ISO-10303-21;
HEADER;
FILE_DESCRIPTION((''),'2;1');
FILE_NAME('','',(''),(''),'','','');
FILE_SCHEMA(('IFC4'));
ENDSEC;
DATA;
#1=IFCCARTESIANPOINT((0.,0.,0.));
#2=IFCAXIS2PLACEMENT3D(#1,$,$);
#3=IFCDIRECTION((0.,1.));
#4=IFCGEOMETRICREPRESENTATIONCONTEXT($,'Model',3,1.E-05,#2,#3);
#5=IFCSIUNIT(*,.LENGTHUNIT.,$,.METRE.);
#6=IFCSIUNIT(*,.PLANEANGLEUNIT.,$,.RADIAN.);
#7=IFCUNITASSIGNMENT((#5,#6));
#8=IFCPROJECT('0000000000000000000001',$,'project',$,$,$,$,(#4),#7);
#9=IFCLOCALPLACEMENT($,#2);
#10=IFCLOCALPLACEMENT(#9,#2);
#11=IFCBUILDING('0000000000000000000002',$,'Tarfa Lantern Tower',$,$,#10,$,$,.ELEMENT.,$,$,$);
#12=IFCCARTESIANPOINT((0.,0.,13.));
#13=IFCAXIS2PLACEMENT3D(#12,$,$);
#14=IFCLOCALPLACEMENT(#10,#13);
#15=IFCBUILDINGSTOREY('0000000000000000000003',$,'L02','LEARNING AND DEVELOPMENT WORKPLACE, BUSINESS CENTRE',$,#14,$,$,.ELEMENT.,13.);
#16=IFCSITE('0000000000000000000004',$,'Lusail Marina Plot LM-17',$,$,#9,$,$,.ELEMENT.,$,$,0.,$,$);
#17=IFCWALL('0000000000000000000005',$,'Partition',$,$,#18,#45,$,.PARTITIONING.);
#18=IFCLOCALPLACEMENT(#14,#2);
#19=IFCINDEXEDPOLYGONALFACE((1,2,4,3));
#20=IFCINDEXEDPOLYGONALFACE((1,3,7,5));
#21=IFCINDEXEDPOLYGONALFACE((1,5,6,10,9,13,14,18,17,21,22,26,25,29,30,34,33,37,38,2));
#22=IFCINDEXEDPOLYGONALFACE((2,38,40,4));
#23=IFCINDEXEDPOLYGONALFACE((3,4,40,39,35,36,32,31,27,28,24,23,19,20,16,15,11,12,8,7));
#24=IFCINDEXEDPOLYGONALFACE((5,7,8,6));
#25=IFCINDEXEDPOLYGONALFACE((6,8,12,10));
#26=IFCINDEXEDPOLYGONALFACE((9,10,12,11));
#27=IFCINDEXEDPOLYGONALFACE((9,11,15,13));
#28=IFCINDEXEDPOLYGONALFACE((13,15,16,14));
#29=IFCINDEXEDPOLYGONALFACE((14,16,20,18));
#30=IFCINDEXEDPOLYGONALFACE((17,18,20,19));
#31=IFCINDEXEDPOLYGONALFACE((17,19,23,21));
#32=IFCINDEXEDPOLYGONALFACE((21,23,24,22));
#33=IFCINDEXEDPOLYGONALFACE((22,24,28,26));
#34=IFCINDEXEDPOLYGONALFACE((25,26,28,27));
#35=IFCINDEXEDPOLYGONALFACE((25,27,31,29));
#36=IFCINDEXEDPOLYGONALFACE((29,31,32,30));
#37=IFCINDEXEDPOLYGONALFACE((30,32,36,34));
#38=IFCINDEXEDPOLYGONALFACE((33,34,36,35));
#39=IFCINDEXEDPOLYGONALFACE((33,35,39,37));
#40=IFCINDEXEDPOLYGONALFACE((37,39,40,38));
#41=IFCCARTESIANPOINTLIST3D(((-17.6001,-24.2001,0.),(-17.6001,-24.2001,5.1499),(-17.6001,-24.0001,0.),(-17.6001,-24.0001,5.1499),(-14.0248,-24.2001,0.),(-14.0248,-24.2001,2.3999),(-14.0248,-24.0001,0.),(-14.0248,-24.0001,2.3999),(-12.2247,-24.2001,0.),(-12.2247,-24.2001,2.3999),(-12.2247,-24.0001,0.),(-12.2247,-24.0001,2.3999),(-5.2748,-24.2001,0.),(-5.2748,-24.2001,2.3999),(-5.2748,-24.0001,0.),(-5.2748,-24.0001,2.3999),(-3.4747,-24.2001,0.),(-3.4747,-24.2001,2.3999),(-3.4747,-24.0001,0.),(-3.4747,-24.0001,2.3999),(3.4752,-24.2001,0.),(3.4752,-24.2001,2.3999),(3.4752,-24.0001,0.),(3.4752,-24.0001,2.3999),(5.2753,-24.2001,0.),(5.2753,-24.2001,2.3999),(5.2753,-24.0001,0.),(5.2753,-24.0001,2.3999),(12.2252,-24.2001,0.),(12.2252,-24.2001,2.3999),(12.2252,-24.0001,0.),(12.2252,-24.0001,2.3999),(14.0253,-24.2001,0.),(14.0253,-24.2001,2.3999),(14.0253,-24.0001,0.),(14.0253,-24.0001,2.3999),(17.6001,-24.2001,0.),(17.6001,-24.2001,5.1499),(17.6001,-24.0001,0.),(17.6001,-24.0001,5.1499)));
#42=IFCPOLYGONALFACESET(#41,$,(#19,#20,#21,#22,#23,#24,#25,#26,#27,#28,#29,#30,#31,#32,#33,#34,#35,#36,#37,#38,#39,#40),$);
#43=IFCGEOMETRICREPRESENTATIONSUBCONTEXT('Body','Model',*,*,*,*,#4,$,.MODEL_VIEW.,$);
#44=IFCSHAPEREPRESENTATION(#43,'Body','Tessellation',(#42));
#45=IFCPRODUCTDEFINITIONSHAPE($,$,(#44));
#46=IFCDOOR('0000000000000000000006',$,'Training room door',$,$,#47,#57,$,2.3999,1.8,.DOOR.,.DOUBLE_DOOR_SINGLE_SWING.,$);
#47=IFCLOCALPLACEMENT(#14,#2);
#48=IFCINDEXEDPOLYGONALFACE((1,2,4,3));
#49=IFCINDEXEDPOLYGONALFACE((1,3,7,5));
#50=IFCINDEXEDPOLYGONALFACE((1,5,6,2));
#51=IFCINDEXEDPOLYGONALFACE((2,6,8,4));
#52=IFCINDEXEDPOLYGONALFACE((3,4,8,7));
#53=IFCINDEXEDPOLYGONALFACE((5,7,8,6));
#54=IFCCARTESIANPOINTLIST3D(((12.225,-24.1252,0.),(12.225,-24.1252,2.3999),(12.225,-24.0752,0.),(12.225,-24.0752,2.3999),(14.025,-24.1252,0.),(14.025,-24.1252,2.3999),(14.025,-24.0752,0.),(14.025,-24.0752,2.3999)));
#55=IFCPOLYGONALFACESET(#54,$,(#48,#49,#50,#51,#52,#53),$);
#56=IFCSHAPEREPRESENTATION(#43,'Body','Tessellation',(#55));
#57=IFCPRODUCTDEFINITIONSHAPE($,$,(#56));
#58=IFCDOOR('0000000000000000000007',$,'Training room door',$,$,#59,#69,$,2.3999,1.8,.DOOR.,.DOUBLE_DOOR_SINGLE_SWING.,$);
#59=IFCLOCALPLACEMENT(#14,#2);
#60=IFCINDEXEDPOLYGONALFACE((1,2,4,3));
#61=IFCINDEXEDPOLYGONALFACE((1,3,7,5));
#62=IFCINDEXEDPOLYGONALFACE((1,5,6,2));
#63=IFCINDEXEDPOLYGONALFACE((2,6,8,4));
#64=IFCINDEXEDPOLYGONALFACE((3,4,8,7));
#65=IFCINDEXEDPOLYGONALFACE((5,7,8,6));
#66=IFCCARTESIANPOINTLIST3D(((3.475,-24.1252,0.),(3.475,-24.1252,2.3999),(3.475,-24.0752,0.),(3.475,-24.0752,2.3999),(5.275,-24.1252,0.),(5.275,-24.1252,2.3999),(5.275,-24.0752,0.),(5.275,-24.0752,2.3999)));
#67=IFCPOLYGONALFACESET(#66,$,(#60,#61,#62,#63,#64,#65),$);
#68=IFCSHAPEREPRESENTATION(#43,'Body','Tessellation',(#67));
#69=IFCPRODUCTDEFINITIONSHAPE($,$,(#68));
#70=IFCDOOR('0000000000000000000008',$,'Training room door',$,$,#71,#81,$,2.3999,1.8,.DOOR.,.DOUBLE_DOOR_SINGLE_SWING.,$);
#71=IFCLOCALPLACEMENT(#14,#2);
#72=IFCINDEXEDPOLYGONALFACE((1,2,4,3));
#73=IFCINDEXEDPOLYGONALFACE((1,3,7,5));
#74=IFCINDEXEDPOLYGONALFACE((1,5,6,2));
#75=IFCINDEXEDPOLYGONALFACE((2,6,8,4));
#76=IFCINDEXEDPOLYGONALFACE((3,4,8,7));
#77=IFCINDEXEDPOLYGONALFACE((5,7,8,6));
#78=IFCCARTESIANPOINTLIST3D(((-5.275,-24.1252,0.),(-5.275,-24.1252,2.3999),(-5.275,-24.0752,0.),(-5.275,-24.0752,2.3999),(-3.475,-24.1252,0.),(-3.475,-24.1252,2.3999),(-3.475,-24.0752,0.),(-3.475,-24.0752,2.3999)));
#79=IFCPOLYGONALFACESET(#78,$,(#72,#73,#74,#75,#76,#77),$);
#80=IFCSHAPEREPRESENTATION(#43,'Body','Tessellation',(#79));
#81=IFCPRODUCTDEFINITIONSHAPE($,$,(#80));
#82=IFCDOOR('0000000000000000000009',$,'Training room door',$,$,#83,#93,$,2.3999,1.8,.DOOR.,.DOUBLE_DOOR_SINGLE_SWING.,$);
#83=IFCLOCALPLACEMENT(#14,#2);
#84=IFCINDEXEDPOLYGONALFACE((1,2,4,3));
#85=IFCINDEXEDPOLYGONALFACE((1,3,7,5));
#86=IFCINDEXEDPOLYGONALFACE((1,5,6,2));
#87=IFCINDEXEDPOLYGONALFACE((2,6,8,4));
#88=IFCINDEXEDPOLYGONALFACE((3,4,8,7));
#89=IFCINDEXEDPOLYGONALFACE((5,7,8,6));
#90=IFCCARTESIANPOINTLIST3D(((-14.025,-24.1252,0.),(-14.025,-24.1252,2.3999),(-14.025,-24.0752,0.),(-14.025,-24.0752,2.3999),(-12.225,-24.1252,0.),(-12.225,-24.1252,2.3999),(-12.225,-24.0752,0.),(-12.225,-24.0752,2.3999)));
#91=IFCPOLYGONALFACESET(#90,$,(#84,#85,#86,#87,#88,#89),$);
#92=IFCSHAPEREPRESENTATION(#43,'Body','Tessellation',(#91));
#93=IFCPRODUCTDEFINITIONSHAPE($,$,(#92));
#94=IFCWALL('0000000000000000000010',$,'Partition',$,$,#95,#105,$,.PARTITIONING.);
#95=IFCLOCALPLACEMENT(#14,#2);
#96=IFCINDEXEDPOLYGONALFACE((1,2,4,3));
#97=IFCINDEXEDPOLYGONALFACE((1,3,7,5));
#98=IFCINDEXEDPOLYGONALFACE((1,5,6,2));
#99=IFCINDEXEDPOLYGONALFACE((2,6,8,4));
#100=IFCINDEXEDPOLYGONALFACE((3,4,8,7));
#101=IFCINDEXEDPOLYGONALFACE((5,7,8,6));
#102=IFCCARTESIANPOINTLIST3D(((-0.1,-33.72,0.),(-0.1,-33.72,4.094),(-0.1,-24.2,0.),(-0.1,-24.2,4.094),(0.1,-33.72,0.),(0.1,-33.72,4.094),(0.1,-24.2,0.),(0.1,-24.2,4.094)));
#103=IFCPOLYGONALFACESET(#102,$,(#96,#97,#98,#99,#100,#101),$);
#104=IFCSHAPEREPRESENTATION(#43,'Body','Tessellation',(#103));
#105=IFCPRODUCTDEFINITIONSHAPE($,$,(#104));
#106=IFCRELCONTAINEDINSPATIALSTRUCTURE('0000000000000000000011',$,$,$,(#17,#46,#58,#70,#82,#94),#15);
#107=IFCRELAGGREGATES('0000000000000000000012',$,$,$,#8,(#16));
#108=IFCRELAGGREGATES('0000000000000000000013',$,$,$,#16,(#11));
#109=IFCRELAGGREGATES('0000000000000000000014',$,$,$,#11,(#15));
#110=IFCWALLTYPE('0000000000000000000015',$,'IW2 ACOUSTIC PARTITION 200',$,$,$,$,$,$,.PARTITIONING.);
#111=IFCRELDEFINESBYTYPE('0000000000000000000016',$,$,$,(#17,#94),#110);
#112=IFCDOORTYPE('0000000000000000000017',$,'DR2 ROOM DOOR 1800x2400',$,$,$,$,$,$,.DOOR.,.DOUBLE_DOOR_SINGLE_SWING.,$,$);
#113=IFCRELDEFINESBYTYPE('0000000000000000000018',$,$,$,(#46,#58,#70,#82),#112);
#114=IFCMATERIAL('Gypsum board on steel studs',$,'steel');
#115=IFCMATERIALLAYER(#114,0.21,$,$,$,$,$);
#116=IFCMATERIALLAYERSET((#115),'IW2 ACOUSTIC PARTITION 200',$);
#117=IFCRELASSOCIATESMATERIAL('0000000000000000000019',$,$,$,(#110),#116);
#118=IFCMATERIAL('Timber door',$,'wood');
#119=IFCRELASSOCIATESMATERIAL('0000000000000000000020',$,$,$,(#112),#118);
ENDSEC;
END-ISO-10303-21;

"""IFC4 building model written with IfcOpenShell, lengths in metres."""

from ifc_helpers import new_model, si_unit, direction, frame, frame_2d, origin, place, context, subcontext, project, spatial, rectangle, extrude, material, layer, layer_set, type_object, element, fill, save


model = new_model("IFC4")

# Units and contexts
model_context = context("Model", 3, precision=1e-05, world=origin(), true_north=direction((0.0, 1.0)))
body_context = subcontext(model_context, "Body", "Model", "MODEL_VIEW")
ifc_project = project(units=[si_unit("LENGTHUNIT", "METRE"), si_unit("PLANEANGLEUNIT", "RADIAN")], contexts=[model_context])

# Site, building, storey
site_placement = place(None, origin())
site = spatial("IfcSite", under=ifc_project, at=site_placement, Name="Lusail Marina Plot LM-17", CompositionType="ELEMENT", RefElevation=0.0)
building_placement = place(site_placement, origin())
building = spatial("IfcBuilding", under=site, at=building_placement, Name="Tarfa Lantern Tower", CompositionType="ELEMENT")
storey_placement = place(building_placement, frame((0.0, 0.0, 13.0)))
storey = spatial("IfcBuildingStorey", under=building, at=storey_placement, Name="L02", Description="LEARNING AND DEVELOPMENT WORKPLACE, BUSINESS CENTRE", CompositionType="ELEMENT", Elevation=13.0)

# Wall, openings, doors
ifc_material_1 = material(Name="Gypsum board on steel studs", Category="steel")
ifc_layer = layer(ifc_material_1, 0.21)
ifc_layer_set = layer_set([ifc_layer], Name="IW2 ACOUSTIC PARTITION 200")
wall_type = type_object("IfcWallType", Name="IW2 ACOUSTIC PARTITION 200", PredefinedType="PARTITIONING", material=ifc_layer_set)
wall_1_placement = place(storey_placement, frame((17.6001, -24.1001, 0.0), z_axis=(0.0, 0.0, 1.0), x_axis=(-1.0, 0.0, 0.0)))
wall_1 = element("IfcWall", 1, at=wall_1_placement, inside=storey, type_object=wall_type, Name="Partition", PredefinedType="PARTITIONING", context=body_context, shape_type="SweptSolid", body=[
    extrude(rectangle(XDim=35.2002, YDim=0.2, at=frame_2d((17.6001, 0.0))), origin(), (0.0, 0.0, 1.0), 5.1499),
])
opening_1_placement = place(wall_1_placement, frame((3.575, 0.0, 0.0)))
opening_1 = element("IfcOpeningElement", 2, at=opening_1_placement, cuts=wall_1, PredefinedType="OPENING", context=body_context, shape_type="SweptSolid", body=[
    extrude(rectangle(XDim=1.8, YDim=2.3999, at=frame_2d((0.8999, 1.2))), frame((0.0, 0.1099, 0.0), z_axis=(0.0, -1.0, 0.0), x_axis=(1.0, 0.0, 0.0)), (0.0, 0.0, 1.0), 0.22),
])
opening_2_placement = place(wall_1_placement, frame((12.325, 0.0, 0.0)))
opening_2 = element("IfcOpeningElement", 3, at=opening_2_placement, cuts=wall_1, PredefinedType="OPENING", context=body_context, shape_type="SweptSolid", body=[
    extrude(rectangle(XDim=1.8, YDim=2.3999, at=frame_2d((0.8999, 1.2))), frame((0.0, 0.1099, 0.0), z_axis=(0.0, -1.0, 0.0), x_axis=(1.0, 0.0, 0.0)), (0.0, 0.0, 1.0), 0.22),
])
opening_3_placement = place(wall_1_placement, frame((21.075, 0.0, 0.0)))
opening_3 = element("IfcOpeningElement", 4, at=opening_3_placement, cuts=wall_1, PredefinedType="OPENING", context=body_context, shape_type="SweptSolid", body=[
    extrude(rectangle(XDim=1.8, YDim=2.3999, at=frame_2d((0.8999, 1.2))), frame((0.0, 0.1099, 0.0), z_axis=(0.0, -1.0, 0.0), x_axis=(1.0, 0.0, 0.0)), (0.0, 0.0, 1.0), 0.22),
])
opening_4_placement = place(wall_1_placement, frame((29.825, 0.0, 0.0)))
opening_4 = element("IfcOpeningElement", 5, at=opening_4_placement, cuts=wall_1, PredefinedType="OPENING", context=body_context, shape_type="SweptSolid", body=[
    extrude(rectangle(XDim=1.8, YDim=2.3999, at=frame_2d((0.8999, 1.2))), frame((0.0, 0.1099, 0.0), z_axis=(0.0, -1.0, 0.0), x_axis=(1.0, 0.0, 0.0)), (0.0, 0.0, 1.0), 0.22),
])
ifc_material_2 = material(Name="Timber door", Category="wood")
door_type = type_object("IfcDoorType", Name="DR2 ROOM DOOR 1800x2400", OperationType="DOUBLE_DOOR_SINGLE_SWING", PredefinedType="DOOR", material=ifc_material_2)
door_1_placement = place(opening_1_placement, frame((1.8, 0.0, 0.0), z_axis=(0.0, 0.0, 1.0), x_axis=(-1.0, 0.0, 0.0)))
door_1 = element("IfcDoor", 6, at=door_1_placement, inside=storey, type_object=door_type, Name="Training room door", OperationType="DOUBLE_DOOR_SINGLE_SWING", OverallHeight=2.3999, OverallWidth=1.8, PredefinedType="DOOR", context=body_context, shape_type="SweptSolid", body=[
    extrude(rectangle(XDim=1.8, YDim=2.3999, at=frame_2d((0.8999, 1.2))), frame((0.0, 0.0249, 0.0), z_axis=(0.0, -1.0, 0.0), x_axis=(1.0, 0.0, 0.0)), (0.0, 0.0, 1.0), 0.05),
])
fill(opening_1, door_1)
door_2_placement = place(opening_2_placement, frame((1.8, 0.0, 0.0), z_axis=(0.0, 0.0, 1.0), x_axis=(-1.0, 0.0, 0.0)))
door_2 = element("IfcDoor", 7, at=door_2_placement, inside=storey, type_object=door_type, Name="Training room door", OperationType="DOUBLE_DOOR_SINGLE_SWING", OverallHeight=2.3999, OverallWidth=1.8, PredefinedType="DOOR", context=body_context, shape_type="SweptSolid", body=[
    extrude(rectangle(XDim=1.8, YDim=2.3999, at=frame_2d((0.8999, 1.2))), frame((0.0, 0.0249, 0.0), z_axis=(0.0, -1.0, 0.0), x_axis=(1.0, 0.0, 0.0)), (0.0, 0.0, 1.0), 0.05),
])
fill(opening_2, door_2)
door_3_placement = place(opening_3_placement, frame((1.8, 0.0, 0.0), z_axis=(0.0, 0.0, 1.0), x_axis=(-1.0, 0.0, 0.0)))
door_3 = element("IfcDoor", 8, at=door_3_placement, inside=storey, type_object=door_type, Name="Training room door", OperationType="DOUBLE_DOOR_SINGLE_SWING", OverallHeight=2.3999, OverallWidth=1.8, PredefinedType="DOOR", context=body_context, shape_type="SweptSolid", body=[
    extrude(rectangle(XDim=1.8, YDim=2.3999, at=frame_2d((0.8999, 1.2))), frame((0.0, 0.0249, 0.0), z_axis=(0.0, -1.0, 0.0), x_axis=(1.0, 0.0, 0.0)), (0.0, 0.0, 1.0), 0.05),
])
fill(opening_3, door_3)
door_4_placement = place(opening_4_placement, frame((1.8, 0.0, 0.0), z_axis=(0.0, 0.0, 1.0), x_axis=(-1.0, 0.0, 0.0)))
door_4 = element("IfcDoor", 9, at=door_4_placement, inside=storey, type_object=door_type, Name="Training room door", OperationType="DOUBLE_DOOR_SINGLE_SWING", OverallHeight=2.3999, OverallWidth=1.8, PredefinedType="DOOR", context=body_context, shape_type="SweptSolid", body=[
    extrude(rectangle(XDim=1.8, YDim=2.3999, at=frame_2d((0.8999, 1.2))), frame((0.0, 0.0249, 0.0), z_axis=(0.0, -1.0, 0.0), x_axis=(1.0, 0.0, 0.0)), (0.0, 0.0, 1.0), 0.05),
])
fill(opening_4, door_4)

# Wall
wall_2_placement = place(storey_placement, frame((0.0, -24.2, 0.0), z_axis=(0.0, 0.0, 1.0), x_axis=(0.0, -1.0, 0.0)))
element("IfcWall", 10, at=wall_2_placement, inside=storey, type_object=wall_type, Name="Partition", PredefinedType="PARTITIONING", context=body_context, shape_type="SweptSolid", body=[
    extrude(rectangle(XDim=9.52, YDim=0.2, at=frame_2d((4.76, 0.0))), origin(), (0.0, 0.0, 1.0), 4.094),
])

save(model, "model.ifc")
